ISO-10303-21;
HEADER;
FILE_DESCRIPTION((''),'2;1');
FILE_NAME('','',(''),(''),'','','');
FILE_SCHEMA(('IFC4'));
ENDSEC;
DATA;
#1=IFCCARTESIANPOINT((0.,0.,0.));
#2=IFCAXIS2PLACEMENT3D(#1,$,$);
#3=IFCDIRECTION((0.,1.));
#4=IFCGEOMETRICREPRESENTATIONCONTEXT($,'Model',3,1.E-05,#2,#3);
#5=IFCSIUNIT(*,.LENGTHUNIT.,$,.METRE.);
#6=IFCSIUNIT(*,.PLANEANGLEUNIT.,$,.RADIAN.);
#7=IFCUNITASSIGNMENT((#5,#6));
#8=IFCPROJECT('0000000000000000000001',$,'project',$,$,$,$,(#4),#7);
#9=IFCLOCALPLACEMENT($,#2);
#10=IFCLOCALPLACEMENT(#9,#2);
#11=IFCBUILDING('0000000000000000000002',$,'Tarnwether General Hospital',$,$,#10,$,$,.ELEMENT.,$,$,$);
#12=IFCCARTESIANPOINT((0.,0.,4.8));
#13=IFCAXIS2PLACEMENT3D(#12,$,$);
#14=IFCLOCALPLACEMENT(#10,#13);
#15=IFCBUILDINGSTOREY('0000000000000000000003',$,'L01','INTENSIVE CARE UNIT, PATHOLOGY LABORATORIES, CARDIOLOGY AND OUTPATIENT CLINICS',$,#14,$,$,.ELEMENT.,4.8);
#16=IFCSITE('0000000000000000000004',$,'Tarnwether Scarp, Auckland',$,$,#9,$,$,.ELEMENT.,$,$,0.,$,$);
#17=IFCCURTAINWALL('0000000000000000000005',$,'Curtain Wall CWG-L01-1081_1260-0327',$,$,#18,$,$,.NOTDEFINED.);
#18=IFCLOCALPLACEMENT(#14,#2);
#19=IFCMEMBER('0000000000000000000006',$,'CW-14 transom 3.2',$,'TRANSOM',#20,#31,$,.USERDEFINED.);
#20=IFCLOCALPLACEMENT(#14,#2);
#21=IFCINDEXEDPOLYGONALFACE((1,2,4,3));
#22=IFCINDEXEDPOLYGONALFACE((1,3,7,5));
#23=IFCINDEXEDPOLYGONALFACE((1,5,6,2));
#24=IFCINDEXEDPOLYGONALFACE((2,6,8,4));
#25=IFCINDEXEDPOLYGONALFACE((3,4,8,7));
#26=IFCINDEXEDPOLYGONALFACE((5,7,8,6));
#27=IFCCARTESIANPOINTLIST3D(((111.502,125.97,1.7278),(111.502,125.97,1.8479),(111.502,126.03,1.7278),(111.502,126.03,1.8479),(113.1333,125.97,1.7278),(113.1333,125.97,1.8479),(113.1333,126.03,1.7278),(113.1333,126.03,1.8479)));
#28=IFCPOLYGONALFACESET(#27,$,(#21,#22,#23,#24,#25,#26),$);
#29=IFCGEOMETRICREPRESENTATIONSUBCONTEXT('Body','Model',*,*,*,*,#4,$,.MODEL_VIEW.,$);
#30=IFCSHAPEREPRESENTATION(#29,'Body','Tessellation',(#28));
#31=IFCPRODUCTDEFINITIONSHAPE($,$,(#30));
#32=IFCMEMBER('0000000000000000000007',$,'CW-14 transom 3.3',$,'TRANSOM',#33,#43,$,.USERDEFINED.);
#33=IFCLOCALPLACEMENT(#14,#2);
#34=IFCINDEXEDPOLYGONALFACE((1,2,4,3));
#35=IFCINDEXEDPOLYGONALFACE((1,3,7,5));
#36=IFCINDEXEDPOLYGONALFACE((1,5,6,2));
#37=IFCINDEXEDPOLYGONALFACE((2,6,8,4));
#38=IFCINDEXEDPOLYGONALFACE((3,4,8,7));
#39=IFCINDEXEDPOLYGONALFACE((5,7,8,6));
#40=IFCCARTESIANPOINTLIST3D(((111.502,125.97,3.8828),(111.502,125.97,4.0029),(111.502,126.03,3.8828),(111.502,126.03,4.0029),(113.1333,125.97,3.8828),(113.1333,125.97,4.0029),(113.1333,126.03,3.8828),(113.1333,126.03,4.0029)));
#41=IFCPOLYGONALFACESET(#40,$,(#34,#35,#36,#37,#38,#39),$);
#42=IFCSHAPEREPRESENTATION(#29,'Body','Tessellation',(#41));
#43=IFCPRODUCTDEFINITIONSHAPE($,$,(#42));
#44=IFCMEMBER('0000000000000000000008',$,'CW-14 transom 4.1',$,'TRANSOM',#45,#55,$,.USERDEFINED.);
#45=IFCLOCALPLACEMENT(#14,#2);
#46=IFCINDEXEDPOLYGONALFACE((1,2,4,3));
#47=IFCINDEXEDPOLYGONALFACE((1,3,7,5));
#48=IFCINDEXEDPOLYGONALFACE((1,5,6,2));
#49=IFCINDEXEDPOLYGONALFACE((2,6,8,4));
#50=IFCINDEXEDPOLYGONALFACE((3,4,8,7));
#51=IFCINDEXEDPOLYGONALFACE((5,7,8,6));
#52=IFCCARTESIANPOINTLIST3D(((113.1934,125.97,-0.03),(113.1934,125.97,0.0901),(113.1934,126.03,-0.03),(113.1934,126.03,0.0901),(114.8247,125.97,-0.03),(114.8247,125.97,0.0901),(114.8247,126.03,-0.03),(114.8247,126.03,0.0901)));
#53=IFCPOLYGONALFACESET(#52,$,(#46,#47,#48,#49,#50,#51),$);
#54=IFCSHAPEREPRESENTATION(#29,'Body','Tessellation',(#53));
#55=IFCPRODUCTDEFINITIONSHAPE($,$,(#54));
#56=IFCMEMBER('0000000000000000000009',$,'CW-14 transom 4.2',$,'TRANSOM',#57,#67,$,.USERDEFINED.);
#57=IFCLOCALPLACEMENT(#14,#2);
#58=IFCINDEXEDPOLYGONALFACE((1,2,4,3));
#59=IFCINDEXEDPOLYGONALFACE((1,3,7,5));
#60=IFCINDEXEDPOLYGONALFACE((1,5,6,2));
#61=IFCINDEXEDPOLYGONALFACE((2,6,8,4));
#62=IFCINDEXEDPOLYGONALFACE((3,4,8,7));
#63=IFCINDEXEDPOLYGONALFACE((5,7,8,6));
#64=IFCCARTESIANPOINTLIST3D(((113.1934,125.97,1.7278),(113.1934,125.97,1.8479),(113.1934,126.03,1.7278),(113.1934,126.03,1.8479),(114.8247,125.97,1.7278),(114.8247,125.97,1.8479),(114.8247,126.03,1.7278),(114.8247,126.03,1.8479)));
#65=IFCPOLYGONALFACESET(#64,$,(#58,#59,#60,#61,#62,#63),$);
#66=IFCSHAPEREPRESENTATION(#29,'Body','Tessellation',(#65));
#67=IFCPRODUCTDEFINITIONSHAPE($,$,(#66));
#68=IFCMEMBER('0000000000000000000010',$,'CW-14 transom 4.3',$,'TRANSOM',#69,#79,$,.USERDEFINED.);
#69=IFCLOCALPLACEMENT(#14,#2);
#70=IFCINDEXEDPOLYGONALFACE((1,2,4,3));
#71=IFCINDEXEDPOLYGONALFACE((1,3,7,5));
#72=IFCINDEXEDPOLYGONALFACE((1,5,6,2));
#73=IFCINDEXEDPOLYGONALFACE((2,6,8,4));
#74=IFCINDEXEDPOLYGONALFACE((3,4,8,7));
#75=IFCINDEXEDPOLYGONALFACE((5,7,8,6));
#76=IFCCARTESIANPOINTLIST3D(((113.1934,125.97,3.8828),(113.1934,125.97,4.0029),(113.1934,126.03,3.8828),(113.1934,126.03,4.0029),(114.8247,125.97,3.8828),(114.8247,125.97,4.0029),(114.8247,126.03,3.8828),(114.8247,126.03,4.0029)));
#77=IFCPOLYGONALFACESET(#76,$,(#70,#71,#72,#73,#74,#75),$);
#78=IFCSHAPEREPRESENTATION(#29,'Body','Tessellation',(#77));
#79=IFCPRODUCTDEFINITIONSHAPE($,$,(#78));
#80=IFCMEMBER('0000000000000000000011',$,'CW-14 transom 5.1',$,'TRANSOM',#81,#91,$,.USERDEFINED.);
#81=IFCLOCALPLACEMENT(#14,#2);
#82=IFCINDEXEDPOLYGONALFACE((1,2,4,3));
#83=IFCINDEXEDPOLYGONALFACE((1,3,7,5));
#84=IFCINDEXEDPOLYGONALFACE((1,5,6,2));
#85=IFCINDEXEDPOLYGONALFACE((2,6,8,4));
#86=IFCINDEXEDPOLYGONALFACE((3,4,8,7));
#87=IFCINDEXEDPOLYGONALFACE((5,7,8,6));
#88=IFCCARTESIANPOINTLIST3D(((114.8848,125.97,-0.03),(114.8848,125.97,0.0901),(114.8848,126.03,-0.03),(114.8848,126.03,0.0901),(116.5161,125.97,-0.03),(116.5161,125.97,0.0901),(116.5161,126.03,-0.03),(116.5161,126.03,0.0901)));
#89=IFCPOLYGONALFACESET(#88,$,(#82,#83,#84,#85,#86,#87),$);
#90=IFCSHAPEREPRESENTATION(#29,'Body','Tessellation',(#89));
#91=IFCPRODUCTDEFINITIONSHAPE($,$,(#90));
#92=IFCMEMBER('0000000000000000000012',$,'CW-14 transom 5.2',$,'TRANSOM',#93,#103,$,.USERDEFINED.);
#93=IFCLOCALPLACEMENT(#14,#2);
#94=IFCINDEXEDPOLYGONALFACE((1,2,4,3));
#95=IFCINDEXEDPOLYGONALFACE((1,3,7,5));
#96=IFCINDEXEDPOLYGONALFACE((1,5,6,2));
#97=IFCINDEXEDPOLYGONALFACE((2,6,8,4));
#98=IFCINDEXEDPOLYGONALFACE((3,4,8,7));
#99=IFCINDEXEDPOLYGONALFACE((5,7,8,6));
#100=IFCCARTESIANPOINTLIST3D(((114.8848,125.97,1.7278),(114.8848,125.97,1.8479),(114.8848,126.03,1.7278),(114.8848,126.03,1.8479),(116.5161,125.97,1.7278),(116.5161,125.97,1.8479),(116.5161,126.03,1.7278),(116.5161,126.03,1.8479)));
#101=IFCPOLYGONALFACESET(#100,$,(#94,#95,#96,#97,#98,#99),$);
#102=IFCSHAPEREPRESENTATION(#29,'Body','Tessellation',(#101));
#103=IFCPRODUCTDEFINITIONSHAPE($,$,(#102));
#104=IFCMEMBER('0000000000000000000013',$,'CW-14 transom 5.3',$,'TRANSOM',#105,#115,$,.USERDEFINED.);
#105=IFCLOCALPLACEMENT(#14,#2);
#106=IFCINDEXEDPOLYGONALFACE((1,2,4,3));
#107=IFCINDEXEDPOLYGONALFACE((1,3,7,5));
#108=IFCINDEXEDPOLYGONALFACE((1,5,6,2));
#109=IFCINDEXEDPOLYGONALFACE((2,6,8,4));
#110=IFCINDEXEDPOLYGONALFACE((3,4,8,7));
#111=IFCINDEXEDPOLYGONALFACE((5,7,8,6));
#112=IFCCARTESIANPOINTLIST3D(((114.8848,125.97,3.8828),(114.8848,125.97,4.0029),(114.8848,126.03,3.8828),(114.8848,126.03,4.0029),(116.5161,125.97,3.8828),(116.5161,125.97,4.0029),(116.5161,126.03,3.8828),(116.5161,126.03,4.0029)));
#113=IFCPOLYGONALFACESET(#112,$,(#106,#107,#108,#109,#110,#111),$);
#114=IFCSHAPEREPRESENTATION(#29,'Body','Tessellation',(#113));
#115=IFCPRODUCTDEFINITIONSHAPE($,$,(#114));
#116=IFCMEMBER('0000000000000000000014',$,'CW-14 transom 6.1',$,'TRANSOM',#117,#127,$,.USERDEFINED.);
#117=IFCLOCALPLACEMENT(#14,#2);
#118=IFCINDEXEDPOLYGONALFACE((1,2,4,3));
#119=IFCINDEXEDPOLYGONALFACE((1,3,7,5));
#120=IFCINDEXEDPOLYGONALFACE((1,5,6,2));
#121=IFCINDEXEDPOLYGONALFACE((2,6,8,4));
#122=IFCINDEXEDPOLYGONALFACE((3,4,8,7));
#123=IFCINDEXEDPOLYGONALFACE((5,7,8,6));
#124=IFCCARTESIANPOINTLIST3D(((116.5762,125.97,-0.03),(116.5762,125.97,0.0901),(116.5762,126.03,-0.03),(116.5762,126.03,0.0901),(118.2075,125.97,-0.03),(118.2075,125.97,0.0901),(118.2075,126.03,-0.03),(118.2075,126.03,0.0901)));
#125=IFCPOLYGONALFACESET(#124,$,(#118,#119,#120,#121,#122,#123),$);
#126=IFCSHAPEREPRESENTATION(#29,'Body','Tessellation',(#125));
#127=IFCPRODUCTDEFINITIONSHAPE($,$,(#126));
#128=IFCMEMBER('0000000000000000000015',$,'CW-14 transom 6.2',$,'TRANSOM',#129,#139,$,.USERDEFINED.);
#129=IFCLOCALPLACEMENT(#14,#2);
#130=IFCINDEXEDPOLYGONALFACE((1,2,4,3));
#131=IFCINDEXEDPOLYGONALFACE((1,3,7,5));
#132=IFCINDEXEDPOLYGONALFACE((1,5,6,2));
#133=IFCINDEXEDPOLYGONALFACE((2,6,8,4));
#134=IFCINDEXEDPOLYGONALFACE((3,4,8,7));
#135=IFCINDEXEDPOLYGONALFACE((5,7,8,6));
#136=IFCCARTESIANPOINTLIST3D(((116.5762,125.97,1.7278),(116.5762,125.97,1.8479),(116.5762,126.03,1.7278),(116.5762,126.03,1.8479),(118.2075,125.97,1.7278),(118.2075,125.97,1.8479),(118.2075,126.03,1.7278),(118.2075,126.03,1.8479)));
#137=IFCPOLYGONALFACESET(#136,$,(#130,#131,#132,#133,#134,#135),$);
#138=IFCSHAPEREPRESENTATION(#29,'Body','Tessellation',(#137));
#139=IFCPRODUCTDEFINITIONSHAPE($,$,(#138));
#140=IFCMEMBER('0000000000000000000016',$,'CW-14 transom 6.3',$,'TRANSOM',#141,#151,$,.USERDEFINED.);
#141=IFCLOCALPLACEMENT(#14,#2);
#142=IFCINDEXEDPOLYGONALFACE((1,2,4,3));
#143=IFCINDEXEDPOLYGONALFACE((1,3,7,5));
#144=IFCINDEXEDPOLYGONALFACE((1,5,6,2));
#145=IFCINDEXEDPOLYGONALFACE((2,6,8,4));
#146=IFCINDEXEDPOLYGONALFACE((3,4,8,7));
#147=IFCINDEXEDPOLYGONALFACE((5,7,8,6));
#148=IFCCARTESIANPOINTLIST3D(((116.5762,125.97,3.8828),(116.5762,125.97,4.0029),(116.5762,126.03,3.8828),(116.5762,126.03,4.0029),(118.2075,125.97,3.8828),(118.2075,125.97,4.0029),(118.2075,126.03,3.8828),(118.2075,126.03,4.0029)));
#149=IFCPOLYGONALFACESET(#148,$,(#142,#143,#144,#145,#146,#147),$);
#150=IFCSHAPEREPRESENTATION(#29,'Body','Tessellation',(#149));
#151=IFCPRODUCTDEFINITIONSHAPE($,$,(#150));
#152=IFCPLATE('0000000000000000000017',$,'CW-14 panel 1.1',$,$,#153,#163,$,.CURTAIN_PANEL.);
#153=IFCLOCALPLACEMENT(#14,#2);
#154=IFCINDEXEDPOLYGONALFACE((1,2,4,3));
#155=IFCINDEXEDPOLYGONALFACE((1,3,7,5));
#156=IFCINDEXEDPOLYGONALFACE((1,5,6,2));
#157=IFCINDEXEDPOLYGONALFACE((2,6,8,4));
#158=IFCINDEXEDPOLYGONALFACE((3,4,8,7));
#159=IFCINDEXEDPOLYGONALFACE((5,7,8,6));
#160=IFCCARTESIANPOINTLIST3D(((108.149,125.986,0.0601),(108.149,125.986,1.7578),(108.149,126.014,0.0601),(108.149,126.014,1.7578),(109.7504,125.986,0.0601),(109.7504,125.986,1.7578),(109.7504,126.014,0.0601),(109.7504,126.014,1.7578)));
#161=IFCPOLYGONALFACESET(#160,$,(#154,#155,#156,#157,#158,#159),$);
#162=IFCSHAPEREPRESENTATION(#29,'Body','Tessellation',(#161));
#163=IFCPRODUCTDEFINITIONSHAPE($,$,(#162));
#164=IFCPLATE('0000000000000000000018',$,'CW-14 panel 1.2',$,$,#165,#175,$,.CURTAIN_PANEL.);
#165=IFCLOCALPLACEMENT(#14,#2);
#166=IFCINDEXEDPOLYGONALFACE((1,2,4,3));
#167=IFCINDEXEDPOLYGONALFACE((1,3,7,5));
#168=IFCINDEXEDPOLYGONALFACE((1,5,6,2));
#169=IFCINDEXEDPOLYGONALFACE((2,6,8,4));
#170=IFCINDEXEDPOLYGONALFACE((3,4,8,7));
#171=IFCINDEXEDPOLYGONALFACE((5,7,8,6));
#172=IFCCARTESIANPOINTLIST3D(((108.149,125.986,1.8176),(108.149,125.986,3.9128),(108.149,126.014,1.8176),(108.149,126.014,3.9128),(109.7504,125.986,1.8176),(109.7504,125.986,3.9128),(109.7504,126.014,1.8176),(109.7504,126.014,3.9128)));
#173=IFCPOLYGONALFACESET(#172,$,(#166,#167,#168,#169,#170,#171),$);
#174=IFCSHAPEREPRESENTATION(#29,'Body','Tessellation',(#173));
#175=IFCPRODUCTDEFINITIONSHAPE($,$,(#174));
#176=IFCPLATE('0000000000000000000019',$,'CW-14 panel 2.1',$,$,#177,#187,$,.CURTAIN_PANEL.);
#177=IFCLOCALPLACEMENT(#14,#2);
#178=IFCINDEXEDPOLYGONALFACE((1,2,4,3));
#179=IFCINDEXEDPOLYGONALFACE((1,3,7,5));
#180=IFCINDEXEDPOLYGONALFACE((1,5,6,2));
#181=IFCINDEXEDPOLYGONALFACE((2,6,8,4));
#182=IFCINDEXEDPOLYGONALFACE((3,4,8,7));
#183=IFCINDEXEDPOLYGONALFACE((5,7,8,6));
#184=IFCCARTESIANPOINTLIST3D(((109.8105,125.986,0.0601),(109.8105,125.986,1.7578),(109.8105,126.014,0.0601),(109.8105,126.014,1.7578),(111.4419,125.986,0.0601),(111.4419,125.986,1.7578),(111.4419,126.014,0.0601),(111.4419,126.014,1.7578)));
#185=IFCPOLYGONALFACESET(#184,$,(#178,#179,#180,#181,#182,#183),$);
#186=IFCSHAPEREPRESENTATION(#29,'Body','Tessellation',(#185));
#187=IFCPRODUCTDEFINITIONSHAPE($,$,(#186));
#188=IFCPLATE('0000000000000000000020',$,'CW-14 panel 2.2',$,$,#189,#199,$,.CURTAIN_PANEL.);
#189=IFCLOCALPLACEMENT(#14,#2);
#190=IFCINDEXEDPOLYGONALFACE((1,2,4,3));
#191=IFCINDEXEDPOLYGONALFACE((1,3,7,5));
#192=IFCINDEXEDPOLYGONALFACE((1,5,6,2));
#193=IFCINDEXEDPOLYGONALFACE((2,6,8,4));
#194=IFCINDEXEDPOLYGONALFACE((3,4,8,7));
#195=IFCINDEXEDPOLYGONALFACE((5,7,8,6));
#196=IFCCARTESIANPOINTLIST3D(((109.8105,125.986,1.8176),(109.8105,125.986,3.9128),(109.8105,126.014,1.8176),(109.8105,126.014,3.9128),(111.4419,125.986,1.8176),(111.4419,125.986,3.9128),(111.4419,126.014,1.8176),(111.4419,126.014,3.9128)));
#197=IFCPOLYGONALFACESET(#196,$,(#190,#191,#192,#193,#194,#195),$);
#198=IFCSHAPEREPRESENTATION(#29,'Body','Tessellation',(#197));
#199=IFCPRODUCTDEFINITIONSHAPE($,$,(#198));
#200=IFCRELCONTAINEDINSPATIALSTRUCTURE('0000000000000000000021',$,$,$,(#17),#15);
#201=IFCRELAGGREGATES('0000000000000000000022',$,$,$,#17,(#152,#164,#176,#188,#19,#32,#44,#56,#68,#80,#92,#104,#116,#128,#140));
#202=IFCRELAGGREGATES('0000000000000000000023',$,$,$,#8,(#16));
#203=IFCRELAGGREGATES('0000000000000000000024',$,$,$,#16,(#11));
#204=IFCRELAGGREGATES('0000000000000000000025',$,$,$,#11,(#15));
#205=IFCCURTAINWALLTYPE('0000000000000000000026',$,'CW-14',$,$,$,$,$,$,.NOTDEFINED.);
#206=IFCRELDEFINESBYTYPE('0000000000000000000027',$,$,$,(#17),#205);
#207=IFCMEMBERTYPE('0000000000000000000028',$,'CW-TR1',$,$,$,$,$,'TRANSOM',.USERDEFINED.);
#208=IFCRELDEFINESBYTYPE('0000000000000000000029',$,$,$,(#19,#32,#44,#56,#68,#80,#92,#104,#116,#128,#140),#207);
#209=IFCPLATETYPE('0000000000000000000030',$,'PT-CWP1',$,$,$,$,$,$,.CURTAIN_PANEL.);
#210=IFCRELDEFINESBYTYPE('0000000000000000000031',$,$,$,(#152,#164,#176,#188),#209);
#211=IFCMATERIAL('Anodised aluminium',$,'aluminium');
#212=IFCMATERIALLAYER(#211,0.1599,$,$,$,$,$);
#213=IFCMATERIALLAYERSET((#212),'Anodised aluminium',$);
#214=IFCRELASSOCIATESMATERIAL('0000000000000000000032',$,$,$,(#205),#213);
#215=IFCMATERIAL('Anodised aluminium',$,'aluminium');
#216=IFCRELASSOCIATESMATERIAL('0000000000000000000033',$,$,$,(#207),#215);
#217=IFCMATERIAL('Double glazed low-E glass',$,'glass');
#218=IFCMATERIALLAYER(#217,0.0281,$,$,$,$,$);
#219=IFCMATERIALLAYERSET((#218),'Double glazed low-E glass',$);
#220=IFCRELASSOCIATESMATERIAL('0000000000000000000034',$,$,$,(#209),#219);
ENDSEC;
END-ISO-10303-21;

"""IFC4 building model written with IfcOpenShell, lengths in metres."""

from ifc_helpers import new_model, si_unit, direction, frame, origin, origin_2d, place, context, subcontext, project, spatial, rectangle, extrude, material, layer, layer_set, material_profile, profile_set, type_object, element, aggregate, save


model = new_model("IFC4")

# Units and contexts
model_context = context("Model", 3, precision=1e-05, world=origin(), true_north=direction((0.0, 1.0)))
body_context = subcontext(model_context, "Body", "Model", "MODEL_VIEW")
ifc_project = project(units=[si_unit("LENGTHUNIT", "METRE"), si_unit("PLANEANGLEUNIT", "RADIAN")], contexts=[model_context])

# Site, building, storey
site_placement = place(None, origin())
site = spatial("IfcSite", under=ifc_project, at=site_placement, Name="Tarnwether Scarp, Auckland", CompositionType="ELEMENT", RefElevation=0.0)
building_placement = place(site_placement, origin())
building = spatial("IfcBuilding", under=site, at=building_placement, Name="Tarnwether General Hospital", CompositionType="ELEMENT")
storey_placement = place(building_placement, frame((0.0, 0.0, 4.8)))
storey = spatial("IfcBuildingStorey", under=building, at=storey_placement, Name="L01", Description="INTENSIVE CARE UNIT, PATHOLOGY LABORATORIES, CARDIOLOGY AND OUTPATIENT CLINICS", CompositionType="ELEMENT", Elevation=4.8)

# Curtain wall, members, plates
ifc_material_1 = material(Name="Anodised aluminium", Category="aluminium")
ifc_layer_1 = layer(ifc_material_1, 0.1599)
ifc_layer_set_1 = layer_set([ifc_layer_1], Name="Anodised aluminium")
curtain_wall_type = type_object("IfcCurtainWallType", Name="CW-14", PredefinedType="NOTDEFINED", material=ifc_layer_set_1)
curtain_wall_placement = place(storey_placement, origin())
curtain_wall = element("IfcCurtainWall", 1, at=curtain_wall_placement, inside=storey, type_object=curtain_wall_type, Name="Curtain Wall CWG-L01-1081_1260-0327", PredefinedType="NOTDEFINED")
ifc_material_2 = material(Name="Anodised aluminium", Category="aluminium")
ifc_material_profile_1 = material_profile(ifc_material_2, rectangle(XDim=0.0601, YDim=0.1201, at=origin_2d()), Name="ALU-TRN-60x120")
ifc_profile_set_1 = profile_set([ifc_material_profile_1], Name="Anodised aluminium")
member_type_1 = type_object("IfcMemberType", Name="CW-TR1", ElementType="TRANSOM", PredefinedType="USERDEFINED", material=ifc_profile_set_1)
member_1_placement = place(storey_placement, frame((111.502, 126.0, 1.7878), z_axis=(1.0, 0.0, 0.0), x_axis=(0.0, 1.0, 0.0)))
member_1 = element("IfcMember", 2, at=member_1_placement, type_object=member_type_1, Name="CW-14 transom 3.2", ObjectType="TRANSOM", PredefinedType="USERDEFINED", context=body_context, shape_type="SweptSolid", body=[
    extrude(rectangle(XDim=0.0601, YDim=0.1201, at=origin_2d()), origin(), (0.0, 0.0, 1.0), 1.6313),
])
member_2_placement = place(storey_placement, frame((111.502, 126.0, 3.9429), z_axis=(1.0, 0.0, 0.0), x_axis=(0.0, 1.0, 0.0)))
member_2 = element("IfcMember", 3, at=member_2_placement, type_object=member_type_1, Name="CW-14 transom 3.3", ObjectType="TRANSOM", PredefinedType="USERDEFINED", context=body_context, shape_type="SweptSolid", body=[
    extrude(rectangle(XDim=0.0601, YDim=0.1201, at=origin_2d()), origin(), (0.0, 0.0, 1.0), 1.6313),
])
member_3_placement = place(storey_placement, frame((113.1934, 126.0, 0.03), z_axis=(1.0, 0.0, 0.0), x_axis=(0.0, 1.0, 0.0)))
member_3 = element("IfcMember", 4, at=member_3_placement, type_object=member_type_1, Name="CW-14 transom 4.1", ObjectType="TRANSOM", PredefinedType="USERDEFINED", context=body_context, shape_type="SweptSolid", body=[
    extrude(rectangle(XDim=0.0601, YDim=0.1201, at=origin_2d()), origin(), (0.0, 0.0, 1.0), 1.6313),
])
member_4_placement = place(storey_placement, frame((113.1934, 126.0, 1.7878), z_axis=(1.0, 0.0, 0.0), x_axis=(0.0, 1.0, 0.0)))
member_4 = element("IfcMember", 5, at=member_4_placement, type_object=member_type_1, Name="CW-14 transom 4.2", ObjectType="TRANSOM", PredefinedType="USERDEFINED", context=body_context, shape_type="SweptSolid", body=[
    extrude(rectangle(XDim=0.0601, YDim=0.1201, at=origin_2d()), origin(), (0.0, 0.0, 1.0), 1.6313),
])
member_5_placement = place(storey_placement, frame((113.1934, 126.0, 3.9429), z_axis=(1.0, 0.0, 0.0), x_axis=(0.0, 1.0, 0.0)))
member_5 = element("IfcMember", 6, at=member_5_placement, type_object=member_type_1, Name="CW-14 transom 4.3", ObjectType="TRANSOM", PredefinedType="USERDEFINED", context=body_context, shape_type="SweptSolid", body=[
    extrude(rectangle(XDim=0.0601, YDim=0.1201, at=origin_2d()), origin(), (0.0, 0.0, 1.0), 1.6313),
])
member_6_placement = place(storey_placement, frame((114.8848, 126.0, 0.03), z_axis=(1.0, 0.0, 0.0), x_axis=(0.0, 1.0, 0.0)))
member_6 = element("IfcMember", 7, at=member_6_placement, type_object=member_type_1, Name="CW-14 transom 5.1", ObjectType="TRANSOM", PredefinedType="USERDEFINED", context=body_context, shape_type="SweptSolid", body=[
    extrude(rectangle(XDim=0.0601, YDim=0.1201, at=origin_2d()), origin(), (0.0, 0.0, 1.0), 1.6313),
])
member_7_placement = place(storey_placement, frame((114.8848, 126.0, 1.7878), z_axis=(1.0, 0.0, 0.0), x_axis=(0.0, 1.0, 0.0)))
member_7 = element("IfcMember", 8, at=member_7_placement, type_object=member_type_1, Name="CW-14 transom 5.2", ObjectType="TRANSOM", PredefinedType="USERDEFINED", context=body_context, shape_type="SweptSolid", body=[
    extrude(rectangle(XDim=0.0601, YDim=0.1201, at=origin_2d()), origin(), (0.0, 0.0, 1.0), 1.6313),
])
member_8_placement = place(storey_placement, frame((114.8848, 126.0, 3.9429), z_axis=(1.0, 0.0, 0.0), x_axis=(0.0, 1.0, 0.0)))
member_8 = element("IfcMember", 9, at=member_8_placement, type_object=member_type_1, Name="CW-14 transom 5.3", ObjectType="TRANSOM", PredefinedType="USERDEFINED", context=body_context, shape_type="SweptSolid", body=[
    extrude(rectangle(XDim=0.0601, YDim=0.1201, at=origin_2d()), origin(), (0.0, 0.0, 1.0), 1.6313),
])
member_9_placement = place(storey_placement, frame((116.5762, 126.0, 0.03), z_axis=(1.0, 0.0, 0.0), x_axis=(0.0, 1.0, 0.0)))
member_9 = element("IfcMember", 10, at=member_9_placement, type_object=member_type_1, Name="CW-14 transom 6.1", ObjectType="TRANSOM", PredefinedType="USERDEFINED", context=body_context, shape_type="SweptSolid", body=[
    extrude(rectangle(XDim=0.0601, YDim=0.1201, at=origin_2d()), origin(), (0.0, 0.0, 1.0), 1.6313),
])
member_10_placement = place(storey_placement, frame((116.5762, 126.0, 1.7878), z_axis=(1.0, 0.0, 0.0), x_axis=(0.0, 1.0, 0.0)))
member_10 = element("IfcMember", 11, at=member_10_placement, type_object=member_type_1, Name="CW-14 transom 6.2", ObjectType="TRANSOM", PredefinedType="USERDEFINED", context=body_context, shape_type="SweptSolid", body=[
    extrude(rectangle(XDim=0.0601, YDim=0.1201, at=origin_2d()), origin(), (0.0, 0.0, 1.0), 1.6313),
])
member_11_placement = place(storey_placement, frame((116.5762, 126.0, 3.9429), z_axis=(1.0, 0.0, 0.0), x_axis=(0.0, 1.0, 0.0)))
member_11 = element("IfcMember", 12, at=member_11_placement, type_object=member_type_1, Name="CW-14 transom 6.3", ObjectType="TRANSOM", PredefinedType="USERDEFINED", context=body_context, shape_type="SweptSolid", body=[
    extrude(rectangle(XDim=0.0601, YDim=0.1201, at=origin_2d()), origin(), (0.0, 0.0, 1.0), 1.6313),
])
ifc_material_3 = material(Name="Double glazed low-E glass", Category="glass")
ifc_layer_2 = layer(ifc_material_3, 0.0281)
ifc_layer_set_2 = layer_set([ifc_layer_2], Name="Double glazed low-E glass")
plate_type_1 = type_object("IfcPlateType", Name="PT-CWP1", PredefinedType="CURTAIN_PANEL", material=ifc_layer_set_2)
plate_1_placement = place(storey_placement, frame((108.9497, 126.0, 0.0601), z_axis=(0.0, 0.0, 1.0), x_axis=(1.0, 0.0, 0.0)))
plate_1 = element("IfcPlate", 13, at=plate_1_placement, type_object=plate_type_1, Name="CW-14 panel 1.1", PredefinedType="CURTAIN_PANEL", context=body_context, shape_type="SweptSolid", body=[
    extrude(rectangle(XDim=1.6013, YDim=0.0281, at=origin_2d()), origin(), (0.0, 0.0, 1.0), 1.6978),
])
plate_2_placement = place(storey_placement, frame((108.9497, 126.0, 1.8176), z_axis=(0.0, 0.0, 1.0), x_axis=(1.0, 0.0, 0.0)))
plate_2 = element("IfcPlate", 14, at=plate_2_placement, type_object=plate_type_1, Name="CW-14 panel 1.2", PredefinedType="CURTAIN_PANEL", context=body_context, shape_type="SweptSolid", body=[
    extrude(rectangle(XDim=1.6013, YDim=0.0281, at=origin_2d()), origin(), (0.0, 0.0, 1.0), 2.0952),
])
plate_3_placement = place(storey_placement, frame((110.6262, 126.0, 0.0601), z_axis=(0.0, 0.0, 1.0), x_axis=(1.0, 0.0, 0.0)))
plate_3 = element("IfcPlate", 15, at=plate_3_placement, type_object=plate_type_1, Name="CW-14 panel 2.1", PredefinedType="CURTAIN_PANEL", context=body_context, shape_type="SweptSolid", body=[
    extrude(rectangle(XDim=1.6313, YDim=0.0281, at=origin_2d()), origin(), (0.0, 0.0, 1.0), 1.6978),
])
plate_4_placement = place(storey_placement, frame((110.6262, 126.0, 1.8176), z_axis=(0.0, 0.0, 1.0), x_axis=(1.0, 0.0, 0.0)))
plate_4 = element("IfcPlate", 16, at=plate_4_placement, type_object=plate_type_1, Name="CW-14 panel 2.2", PredefinedType="CURTAIN_PANEL", context=body_context, shape_type="SweptSolid", body=[
    extrude(rectangle(XDim=1.6313, YDim=0.0281, at=origin_2d()), origin(), (0.0, 0.0, 1.0), 2.0952),
])
aggregate(curtain_wall, [plate_1, plate_2, plate_3, plate_4, member_1, member_2, member_3, member_4, member_5, member_6, member_7, member_8, member_9, member_10, member_11])

save(model, "model.ifc")
